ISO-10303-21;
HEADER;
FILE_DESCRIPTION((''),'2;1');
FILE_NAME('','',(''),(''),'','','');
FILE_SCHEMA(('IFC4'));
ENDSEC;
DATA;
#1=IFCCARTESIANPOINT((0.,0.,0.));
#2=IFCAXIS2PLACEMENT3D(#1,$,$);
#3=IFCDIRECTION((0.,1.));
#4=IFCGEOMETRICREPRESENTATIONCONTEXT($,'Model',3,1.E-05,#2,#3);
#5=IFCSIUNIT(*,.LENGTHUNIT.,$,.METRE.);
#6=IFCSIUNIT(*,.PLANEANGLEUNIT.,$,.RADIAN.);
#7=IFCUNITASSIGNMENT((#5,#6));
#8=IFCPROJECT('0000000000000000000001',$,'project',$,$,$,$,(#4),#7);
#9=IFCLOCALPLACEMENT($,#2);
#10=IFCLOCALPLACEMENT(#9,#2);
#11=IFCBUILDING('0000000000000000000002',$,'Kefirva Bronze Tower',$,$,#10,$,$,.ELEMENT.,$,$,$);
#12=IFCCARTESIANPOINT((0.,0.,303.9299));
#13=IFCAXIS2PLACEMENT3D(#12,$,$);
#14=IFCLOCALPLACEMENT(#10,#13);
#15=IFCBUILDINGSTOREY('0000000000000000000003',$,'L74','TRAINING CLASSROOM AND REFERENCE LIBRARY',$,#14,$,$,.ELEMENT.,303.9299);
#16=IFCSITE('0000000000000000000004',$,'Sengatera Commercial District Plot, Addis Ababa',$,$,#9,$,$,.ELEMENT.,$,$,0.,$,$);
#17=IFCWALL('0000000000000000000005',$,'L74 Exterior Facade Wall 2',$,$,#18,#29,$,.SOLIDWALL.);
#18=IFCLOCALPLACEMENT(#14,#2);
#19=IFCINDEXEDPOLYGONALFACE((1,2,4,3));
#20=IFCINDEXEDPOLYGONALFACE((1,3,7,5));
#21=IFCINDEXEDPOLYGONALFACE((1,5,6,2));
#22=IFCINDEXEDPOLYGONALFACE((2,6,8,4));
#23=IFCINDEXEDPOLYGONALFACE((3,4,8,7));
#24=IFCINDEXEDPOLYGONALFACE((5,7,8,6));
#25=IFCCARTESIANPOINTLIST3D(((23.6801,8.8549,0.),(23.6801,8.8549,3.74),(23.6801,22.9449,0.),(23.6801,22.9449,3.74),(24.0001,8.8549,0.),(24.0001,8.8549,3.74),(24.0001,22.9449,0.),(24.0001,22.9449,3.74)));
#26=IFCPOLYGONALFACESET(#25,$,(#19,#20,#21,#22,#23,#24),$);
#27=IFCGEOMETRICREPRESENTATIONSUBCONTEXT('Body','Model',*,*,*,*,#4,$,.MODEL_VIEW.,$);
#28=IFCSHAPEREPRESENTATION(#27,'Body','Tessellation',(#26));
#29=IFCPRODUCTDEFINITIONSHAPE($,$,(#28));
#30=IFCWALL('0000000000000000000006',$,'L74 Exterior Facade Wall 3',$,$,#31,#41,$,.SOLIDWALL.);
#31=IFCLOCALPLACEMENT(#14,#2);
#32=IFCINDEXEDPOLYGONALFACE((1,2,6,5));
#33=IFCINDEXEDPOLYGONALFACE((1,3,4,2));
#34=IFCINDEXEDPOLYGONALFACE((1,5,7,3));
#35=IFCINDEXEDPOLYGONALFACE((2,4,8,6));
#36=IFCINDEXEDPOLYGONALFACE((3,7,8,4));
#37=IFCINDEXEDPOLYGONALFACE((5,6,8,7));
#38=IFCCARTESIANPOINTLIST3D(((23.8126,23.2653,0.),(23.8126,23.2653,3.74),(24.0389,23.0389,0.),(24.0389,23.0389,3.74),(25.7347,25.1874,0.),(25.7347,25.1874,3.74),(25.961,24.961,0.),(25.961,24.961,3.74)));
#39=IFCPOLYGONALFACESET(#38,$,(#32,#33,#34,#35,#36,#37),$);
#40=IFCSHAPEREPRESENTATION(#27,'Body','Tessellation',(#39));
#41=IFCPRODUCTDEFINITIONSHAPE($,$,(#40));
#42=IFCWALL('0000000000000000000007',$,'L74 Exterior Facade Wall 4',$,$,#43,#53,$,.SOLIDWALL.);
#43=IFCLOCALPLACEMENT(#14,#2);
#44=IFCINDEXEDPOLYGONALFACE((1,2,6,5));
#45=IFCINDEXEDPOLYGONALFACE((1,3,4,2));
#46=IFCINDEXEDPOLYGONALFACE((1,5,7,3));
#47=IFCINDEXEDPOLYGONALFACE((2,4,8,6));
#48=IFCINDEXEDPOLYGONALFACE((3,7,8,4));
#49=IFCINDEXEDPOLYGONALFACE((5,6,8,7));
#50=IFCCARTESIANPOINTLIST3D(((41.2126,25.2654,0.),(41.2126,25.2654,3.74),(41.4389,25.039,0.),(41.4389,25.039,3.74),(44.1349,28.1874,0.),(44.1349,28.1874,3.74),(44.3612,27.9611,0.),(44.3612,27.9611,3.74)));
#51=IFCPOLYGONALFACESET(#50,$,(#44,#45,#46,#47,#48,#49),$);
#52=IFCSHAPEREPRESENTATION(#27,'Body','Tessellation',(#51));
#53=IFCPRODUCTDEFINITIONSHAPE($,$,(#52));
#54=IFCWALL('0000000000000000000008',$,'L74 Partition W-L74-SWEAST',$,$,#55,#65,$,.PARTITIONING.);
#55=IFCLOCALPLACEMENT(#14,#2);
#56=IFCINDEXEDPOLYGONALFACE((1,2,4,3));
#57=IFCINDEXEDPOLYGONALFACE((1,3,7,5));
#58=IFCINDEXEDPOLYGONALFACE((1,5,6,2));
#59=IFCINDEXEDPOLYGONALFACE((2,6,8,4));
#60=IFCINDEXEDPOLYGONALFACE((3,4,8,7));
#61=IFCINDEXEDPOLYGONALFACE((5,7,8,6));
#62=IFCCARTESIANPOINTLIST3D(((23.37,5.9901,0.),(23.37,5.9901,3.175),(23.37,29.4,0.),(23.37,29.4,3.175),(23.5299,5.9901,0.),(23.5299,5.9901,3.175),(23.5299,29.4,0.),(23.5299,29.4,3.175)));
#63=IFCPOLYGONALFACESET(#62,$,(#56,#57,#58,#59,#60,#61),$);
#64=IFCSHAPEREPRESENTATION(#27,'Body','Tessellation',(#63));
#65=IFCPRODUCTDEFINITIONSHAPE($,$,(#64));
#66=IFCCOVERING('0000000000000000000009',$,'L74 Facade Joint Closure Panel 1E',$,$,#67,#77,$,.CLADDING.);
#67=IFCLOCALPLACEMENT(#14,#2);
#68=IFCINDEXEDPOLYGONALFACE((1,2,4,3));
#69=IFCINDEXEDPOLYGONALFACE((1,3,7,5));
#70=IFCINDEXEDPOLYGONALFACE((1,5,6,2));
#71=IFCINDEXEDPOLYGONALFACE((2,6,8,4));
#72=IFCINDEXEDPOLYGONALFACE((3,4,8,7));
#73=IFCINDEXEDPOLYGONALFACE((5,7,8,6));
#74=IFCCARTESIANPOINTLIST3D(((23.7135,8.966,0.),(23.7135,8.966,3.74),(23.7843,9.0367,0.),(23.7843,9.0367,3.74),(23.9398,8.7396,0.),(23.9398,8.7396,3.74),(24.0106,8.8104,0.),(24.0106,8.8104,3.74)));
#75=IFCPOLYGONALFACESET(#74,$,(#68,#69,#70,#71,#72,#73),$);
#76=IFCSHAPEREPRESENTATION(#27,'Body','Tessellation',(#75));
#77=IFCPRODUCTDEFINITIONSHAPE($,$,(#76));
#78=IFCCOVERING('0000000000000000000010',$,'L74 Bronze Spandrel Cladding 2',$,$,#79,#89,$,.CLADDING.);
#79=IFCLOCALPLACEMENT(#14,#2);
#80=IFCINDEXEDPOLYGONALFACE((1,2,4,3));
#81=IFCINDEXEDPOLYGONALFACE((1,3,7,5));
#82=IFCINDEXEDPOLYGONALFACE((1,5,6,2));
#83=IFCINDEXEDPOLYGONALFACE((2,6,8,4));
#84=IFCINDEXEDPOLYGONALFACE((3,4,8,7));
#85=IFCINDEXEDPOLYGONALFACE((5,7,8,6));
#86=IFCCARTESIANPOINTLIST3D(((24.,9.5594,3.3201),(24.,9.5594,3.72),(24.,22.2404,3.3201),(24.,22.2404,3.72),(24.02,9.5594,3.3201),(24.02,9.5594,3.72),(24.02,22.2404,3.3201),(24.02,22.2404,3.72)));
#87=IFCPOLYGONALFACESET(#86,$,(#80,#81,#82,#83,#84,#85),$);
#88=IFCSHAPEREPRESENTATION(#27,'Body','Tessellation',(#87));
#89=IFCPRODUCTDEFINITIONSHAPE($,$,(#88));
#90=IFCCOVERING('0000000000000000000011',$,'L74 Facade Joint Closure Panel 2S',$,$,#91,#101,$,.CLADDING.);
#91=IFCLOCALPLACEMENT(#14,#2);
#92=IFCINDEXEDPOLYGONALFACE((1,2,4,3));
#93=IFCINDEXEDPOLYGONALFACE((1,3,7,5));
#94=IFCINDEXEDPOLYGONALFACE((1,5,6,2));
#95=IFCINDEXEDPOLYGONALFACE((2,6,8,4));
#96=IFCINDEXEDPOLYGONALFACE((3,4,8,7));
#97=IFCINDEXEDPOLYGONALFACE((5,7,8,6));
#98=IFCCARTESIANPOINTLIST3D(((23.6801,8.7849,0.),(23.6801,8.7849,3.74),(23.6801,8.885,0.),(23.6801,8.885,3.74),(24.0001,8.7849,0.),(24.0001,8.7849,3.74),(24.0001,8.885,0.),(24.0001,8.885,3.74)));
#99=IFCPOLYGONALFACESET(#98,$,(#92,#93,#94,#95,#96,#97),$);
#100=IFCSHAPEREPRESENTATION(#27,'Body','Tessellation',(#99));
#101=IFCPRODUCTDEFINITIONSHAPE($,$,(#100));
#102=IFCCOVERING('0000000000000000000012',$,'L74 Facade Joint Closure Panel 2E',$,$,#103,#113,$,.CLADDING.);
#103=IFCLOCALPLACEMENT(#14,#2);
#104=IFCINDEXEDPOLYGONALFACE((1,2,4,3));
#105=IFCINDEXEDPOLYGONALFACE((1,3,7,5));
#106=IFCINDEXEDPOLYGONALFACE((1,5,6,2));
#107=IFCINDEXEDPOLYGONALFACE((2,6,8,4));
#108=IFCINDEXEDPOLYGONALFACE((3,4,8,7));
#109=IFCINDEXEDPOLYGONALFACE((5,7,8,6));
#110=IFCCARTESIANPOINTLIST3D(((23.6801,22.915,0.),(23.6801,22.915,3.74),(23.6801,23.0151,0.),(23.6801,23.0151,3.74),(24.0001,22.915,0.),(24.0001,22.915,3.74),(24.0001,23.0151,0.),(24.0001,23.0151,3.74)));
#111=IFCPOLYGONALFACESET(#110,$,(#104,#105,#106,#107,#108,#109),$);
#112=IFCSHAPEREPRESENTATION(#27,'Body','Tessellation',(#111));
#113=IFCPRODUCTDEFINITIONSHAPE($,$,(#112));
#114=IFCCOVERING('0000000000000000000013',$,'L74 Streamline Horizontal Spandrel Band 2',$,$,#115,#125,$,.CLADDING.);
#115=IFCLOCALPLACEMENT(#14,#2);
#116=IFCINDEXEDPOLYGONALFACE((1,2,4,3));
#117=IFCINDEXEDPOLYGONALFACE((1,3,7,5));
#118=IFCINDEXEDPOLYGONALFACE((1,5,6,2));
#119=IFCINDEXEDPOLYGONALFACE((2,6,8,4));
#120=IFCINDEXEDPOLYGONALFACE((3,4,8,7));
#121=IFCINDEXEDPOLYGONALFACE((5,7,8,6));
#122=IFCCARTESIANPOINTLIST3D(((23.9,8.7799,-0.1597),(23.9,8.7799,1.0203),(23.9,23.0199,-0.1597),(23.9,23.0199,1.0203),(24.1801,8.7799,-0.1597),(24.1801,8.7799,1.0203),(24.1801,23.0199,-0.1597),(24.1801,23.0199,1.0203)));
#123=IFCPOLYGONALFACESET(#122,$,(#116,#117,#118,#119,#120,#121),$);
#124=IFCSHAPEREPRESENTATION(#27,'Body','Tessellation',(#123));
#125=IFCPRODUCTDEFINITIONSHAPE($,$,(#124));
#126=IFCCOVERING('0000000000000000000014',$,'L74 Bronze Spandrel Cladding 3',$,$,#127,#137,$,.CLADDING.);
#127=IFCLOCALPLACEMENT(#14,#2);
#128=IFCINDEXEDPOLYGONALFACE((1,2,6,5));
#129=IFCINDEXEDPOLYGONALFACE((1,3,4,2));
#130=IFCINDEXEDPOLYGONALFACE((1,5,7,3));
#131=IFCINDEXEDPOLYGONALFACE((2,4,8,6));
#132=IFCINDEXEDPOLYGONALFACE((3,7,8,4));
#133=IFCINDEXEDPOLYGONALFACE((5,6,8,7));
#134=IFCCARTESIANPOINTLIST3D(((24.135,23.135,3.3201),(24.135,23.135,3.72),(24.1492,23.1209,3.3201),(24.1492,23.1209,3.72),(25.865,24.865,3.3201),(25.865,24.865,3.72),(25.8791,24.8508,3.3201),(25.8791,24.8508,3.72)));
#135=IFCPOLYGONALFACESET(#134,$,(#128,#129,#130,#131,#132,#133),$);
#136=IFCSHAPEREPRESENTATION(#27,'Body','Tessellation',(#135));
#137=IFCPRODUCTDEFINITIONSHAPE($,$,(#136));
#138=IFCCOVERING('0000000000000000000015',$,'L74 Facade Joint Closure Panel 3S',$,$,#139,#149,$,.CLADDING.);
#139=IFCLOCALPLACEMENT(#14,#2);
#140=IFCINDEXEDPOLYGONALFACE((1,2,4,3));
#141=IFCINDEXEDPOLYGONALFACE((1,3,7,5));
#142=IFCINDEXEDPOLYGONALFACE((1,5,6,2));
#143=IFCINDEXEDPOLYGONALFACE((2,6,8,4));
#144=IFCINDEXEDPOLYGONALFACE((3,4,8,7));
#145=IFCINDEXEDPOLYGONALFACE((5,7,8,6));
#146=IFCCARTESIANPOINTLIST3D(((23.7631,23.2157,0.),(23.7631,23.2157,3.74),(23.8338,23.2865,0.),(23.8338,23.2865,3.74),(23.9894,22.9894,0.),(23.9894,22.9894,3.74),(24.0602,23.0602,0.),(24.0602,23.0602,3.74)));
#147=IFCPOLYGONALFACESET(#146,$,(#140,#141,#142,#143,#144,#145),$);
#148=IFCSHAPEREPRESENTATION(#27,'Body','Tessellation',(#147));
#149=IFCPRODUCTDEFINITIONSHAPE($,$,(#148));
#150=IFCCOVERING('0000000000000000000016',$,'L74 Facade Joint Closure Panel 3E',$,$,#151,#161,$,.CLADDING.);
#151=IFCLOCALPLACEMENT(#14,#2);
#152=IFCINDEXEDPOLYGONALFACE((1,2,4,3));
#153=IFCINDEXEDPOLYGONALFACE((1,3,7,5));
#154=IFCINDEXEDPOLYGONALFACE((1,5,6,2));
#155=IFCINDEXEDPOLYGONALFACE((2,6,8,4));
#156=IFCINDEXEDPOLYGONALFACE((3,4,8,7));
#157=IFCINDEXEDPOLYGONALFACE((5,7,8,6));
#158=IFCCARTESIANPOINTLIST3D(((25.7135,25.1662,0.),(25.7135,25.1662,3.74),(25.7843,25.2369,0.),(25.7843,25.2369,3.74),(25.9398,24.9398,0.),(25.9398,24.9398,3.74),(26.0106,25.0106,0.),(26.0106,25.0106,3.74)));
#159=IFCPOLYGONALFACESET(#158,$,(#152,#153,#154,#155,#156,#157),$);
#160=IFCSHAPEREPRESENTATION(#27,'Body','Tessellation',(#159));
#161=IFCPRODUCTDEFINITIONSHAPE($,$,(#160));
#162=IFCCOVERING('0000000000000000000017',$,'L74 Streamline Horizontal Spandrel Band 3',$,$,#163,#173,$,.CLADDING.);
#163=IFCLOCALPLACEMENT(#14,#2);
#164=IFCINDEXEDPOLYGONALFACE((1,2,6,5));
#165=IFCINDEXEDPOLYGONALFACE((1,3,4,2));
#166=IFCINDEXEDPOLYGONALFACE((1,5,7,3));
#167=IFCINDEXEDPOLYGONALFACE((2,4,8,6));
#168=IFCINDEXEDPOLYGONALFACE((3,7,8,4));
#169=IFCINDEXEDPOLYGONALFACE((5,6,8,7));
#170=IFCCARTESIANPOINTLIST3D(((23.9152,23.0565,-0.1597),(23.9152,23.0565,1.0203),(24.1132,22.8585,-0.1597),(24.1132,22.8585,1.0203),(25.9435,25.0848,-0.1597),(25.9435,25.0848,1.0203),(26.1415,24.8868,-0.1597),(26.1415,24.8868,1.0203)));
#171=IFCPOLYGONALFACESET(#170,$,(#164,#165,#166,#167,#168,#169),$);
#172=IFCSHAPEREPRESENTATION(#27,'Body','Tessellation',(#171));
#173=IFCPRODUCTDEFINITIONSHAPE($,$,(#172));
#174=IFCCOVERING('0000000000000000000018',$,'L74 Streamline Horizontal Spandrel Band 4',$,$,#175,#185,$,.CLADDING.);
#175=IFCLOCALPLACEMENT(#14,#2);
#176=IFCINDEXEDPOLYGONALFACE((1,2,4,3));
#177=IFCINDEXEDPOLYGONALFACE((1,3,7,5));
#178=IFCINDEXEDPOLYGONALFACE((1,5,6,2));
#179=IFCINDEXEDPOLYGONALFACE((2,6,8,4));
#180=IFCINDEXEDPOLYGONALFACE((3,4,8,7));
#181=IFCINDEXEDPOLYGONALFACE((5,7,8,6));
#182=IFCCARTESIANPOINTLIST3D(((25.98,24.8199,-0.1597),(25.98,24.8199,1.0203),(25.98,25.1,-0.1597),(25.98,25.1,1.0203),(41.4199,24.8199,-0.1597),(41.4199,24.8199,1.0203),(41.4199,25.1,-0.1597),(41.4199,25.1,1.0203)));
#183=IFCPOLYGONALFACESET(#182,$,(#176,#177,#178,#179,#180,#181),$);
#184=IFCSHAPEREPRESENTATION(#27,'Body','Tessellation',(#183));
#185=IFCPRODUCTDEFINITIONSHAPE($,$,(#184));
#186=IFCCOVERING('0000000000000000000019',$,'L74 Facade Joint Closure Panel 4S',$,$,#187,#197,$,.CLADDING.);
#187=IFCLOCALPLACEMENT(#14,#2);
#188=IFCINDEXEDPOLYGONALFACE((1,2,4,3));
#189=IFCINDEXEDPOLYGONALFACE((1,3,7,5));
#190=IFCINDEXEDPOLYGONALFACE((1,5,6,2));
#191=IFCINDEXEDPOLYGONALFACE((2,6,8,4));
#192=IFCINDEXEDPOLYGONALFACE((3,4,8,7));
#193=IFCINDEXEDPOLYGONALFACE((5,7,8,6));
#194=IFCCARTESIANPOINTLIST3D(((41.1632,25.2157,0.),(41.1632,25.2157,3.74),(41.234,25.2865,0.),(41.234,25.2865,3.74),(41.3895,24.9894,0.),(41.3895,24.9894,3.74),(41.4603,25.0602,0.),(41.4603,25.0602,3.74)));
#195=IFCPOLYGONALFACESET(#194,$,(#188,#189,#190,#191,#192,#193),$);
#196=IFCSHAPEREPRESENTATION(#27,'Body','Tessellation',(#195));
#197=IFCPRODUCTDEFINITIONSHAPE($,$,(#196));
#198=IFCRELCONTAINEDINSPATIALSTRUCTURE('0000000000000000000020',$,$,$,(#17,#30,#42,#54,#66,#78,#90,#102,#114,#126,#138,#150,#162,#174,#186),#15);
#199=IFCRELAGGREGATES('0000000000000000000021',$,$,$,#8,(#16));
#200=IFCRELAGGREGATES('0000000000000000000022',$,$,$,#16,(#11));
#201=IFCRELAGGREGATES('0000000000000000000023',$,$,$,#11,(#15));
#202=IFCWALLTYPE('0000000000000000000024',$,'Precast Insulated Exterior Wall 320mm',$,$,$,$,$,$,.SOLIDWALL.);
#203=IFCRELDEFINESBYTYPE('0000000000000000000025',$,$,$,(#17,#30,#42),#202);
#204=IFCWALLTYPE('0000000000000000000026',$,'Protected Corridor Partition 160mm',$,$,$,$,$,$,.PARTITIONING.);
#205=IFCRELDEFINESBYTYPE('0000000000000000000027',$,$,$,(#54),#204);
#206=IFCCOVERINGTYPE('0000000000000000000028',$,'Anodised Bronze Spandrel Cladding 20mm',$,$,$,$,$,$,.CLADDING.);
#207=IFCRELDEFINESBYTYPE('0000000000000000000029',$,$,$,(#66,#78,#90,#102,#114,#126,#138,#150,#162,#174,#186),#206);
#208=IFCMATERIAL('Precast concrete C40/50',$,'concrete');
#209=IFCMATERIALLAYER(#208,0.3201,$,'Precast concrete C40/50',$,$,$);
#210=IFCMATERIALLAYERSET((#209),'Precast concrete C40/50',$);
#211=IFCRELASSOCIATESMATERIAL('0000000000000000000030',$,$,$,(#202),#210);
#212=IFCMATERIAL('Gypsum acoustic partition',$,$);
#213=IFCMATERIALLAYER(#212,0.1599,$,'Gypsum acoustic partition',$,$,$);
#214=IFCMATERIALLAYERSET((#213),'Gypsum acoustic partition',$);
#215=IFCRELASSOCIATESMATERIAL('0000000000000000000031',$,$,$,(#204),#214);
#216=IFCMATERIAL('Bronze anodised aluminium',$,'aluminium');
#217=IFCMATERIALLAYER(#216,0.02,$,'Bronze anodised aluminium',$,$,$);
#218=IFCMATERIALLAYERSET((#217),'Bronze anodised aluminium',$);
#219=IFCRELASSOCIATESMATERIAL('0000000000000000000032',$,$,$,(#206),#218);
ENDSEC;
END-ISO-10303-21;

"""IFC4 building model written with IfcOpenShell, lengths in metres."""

from ifc_helpers import new_model, si_unit, direction, frame, frame_2d, origin, origin_2d, place, context, subcontext, project, spatial, rectangle, extrude, material, layer, layer_set, type_object, element, save


model = new_model("IFC4")

# Units and contexts
model_context = context("Model", 3, precision=1e-05, world=origin(), true_north=direction((0.0, 1.0)))
body_context = subcontext(model_context, "Body", "Model", "MODEL_VIEW")
ifc_project = project(units=[si_unit("LENGTHUNIT", "METRE"), si_unit("PLANEANGLEUNIT", "RADIAN")], contexts=[model_context])

# Site, building, storey
site_placement = place(None, origin())
site = spatial("IfcSite", under=ifc_project, at=site_placement, Name="Sengatera Commercial District Plot, Addis Ababa", CompositionType="ELEMENT", RefElevation=0.0)
building_placement = place(site_placement, origin())
building = spatial("IfcBuilding", under=site, at=building_placement, Name="Kefirva Bronze Tower", CompositionType="ELEMENT")
storey_placement = place(building_placement, frame((0.0, 0.0, 303.9299)))
storey = spatial("IfcBuildingStorey", under=building, at=storey_placement, Name="L74", Description="TRAINING CLASSROOM AND REFERENCE LIBRARY", CompositionType="ELEMENT", Elevation=303.9299)

# Shared definitions
ifc_material_1 = material(Name="Bronze anodised aluminium", Category="aluminium")

# Walls
ifc_material_2 = material(Name="Gypsum acoustic partition")
ifc_material_3 = material(Name="Precast concrete C40/50", Category="concrete")
ifc_layer_1 = layer(ifc_material_3, 0.3201, Name="Precast concrete C40/50")
ifc_layer_set_1 = layer_set([ifc_layer_1], Name="Precast concrete C40/50")
wall_type_1 = type_object("IfcWallType", Name="Precast Insulated Exterior Wall 320mm", PredefinedType="SOLIDWALL", material=ifc_layer_set_1)
wall_1_placement = place(storey_placement, frame((23.8401, 8.855, 0.0), z_axis=(0.0, 0.0, 1.0), x_axis=(0.0, 1.0, 0.0)))
element("IfcWall", 1, at=wall_1_placement, inside=storey, type_object=wall_type_1, Name="L74 Exterior Facade Wall 2", PredefinedType="SOLIDWALL", context=body_context, shape_type="SweptSolid", body=[
    extrude(rectangle(XDim=14.0901, YDim=0.3201, at=frame_2d((7.0449, 0.0))), origin(), (0.0, 0.0, 1.0), 3.74),
])
wall_2_placement = place(storey_placement, frame((23.9258, 23.1521, 0.0), z_axis=(0.0, 0.0, 1.0), x_axis=(0.707107, 0.707107, 0.0)))
element("IfcWall", 2, at=wall_2_placement, inside=storey, type_object=wall_type_1, Name="L74 Exterior Facade Wall 3", PredefinedType="SOLIDWALL", context=body_context, shape_type="SweptSolid", body=[
    extrude(rectangle(XDim=2.7183, YDim=0.3201, at=frame_2d((1.3591, 0.0))), origin(), (0.0, 0.0, 1.0), 3.74),
])
wall_3_placement = place(storey_placement, frame((41.3257, 25.1521, 0.0), z_axis=(0.0, 0.0, 1.0), x_axis=(0.707136, 0.707077, 0.0)))
element("IfcWall", 3, at=wall_3_placement, inside=storey, type_object=wall_type_1, Name="L74 Exterior Facade Wall 4", PredefinedType="SOLIDWALL", context=body_context, shape_type="SweptSolid", body=[
    extrude(rectangle(XDim=4.1326, YDim=0.3201, at=frame_2d((2.0664, 0.0))), origin(), (0.0, 0.0, 1.0), 3.74),
])
ifc_layer_2 = layer(ifc_material_2, 0.1599, Name="Gypsum acoustic partition")
ifc_layer_set_2 = layer_set([ifc_layer_2], Name="Gypsum acoustic partition")
wall_type_2 = type_object("IfcWallType", Name="Protected Corridor Partition 160mm", PredefinedType="PARTITIONING", material=ifc_layer_set_2)
wall_4_placement = place(storey_placement, frame((23.45, 5.99, 0.0), z_axis=(0.0, 0.0, 1.0), x_axis=(0.0, 1.0, 0.0)))
element("IfcWall", 4, at=wall_4_placement, inside=storey, type_object=wall_type_2, Name="L74 Partition W-L74-SWEAST", PredefinedType="PARTITIONING", context=body_context, shape_type="SweptSolid", body=[
    extrude(rectangle(XDim=23.4099, YDim=0.1599, at=frame_2d((11.7051, 0.0))), origin(), (0.0, 0.0, 1.0), 3.175),
])

# Coverings
ifc_layer_3 = layer(ifc_material_1, 0.02, Name="Bronze anodised aluminium")
ifc_layer_set_3 = layer_set([ifc_layer_3], Name="Bronze anodised aluminium")
covering_type_1 = type_object("IfcCoveringType", Name="Anodised Bronze Spandrel Cladding 20mm", PredefinedType="CLADDING", material=ifc_layer_set_3)
covering_1_placement = place(storey_placement, frame((23.8621, 8.8882, 0.0), z_axis=(0.0, 0.0, 1.0), x_axis=(0.707107, 0.707107, 0.0)))
element("IfcCovering", 5, at=covering_1_placement, inside=storey, type_object=covering_type_1, Name="L74 Facade Joint Closure Panel 1E", PredefinedType="CLADDING", context=body_context, shape_type="SweptSolid", body=[
    extrude(rectangle(XDim=0.1001, YDim=0.3201, at=origin_2d()), origin(), (0.0, 0.0, 1.0), 3.74),
])
covering_2_placement = place(storey_placement, frame((24.01, 15.8999, 3.3201), z_axis=(0.0, 0.0, 1.0), x_axis=(0.0, 1.0, 0.0)))
element("IfcCovering", 6, at=covering_2_placement, inside=storey, type_object=covering_type_1, Name="L74 Bronze Spandrel Cladding 2", PredefinedType="CLADDING", context=body_context, shape_type="SweptSolid", body=[
    extrude(rectangle(XDim=12.6809, YDim=0.02, at=origin_2d()), origin(), (0.0, 0.0, 1.0), 0.3999),
])
for number, where, z_axis, x_axis, name in (
    (7, (23.8401, 8.835, 0.0), (0.0, 0.0, 1.0), (0.0, 1.0, 0.0), "L74 Facade Joint Closure Panel 2S"),
    (8, (23.8401, 22.9651, 0.0), (0.0, 0.0, 1.0), (0.0, 1.0, 0.0), "L74 Facade Joint Closure Panel 2E"),
):
    element("IfcCovering", number, at=place(storey_placement, frame(where, z_axis=z_axis, x_axis=x_axis)), inside=storey, type_object=covering_type_1, Name=name, PredefinedType="CLADDING", context=body_context, shape_type="SweptSolid", body=[
        extrude(rectangle(XDim=0.1001, YDim=0.3201, at=origin_2d()), origin(), (0.0, 0.0, 1.0), 3.74),
    ])
covering_3_placement = place(storey_placement, frame((24.04, 15.8999, -0.1597), z_axis=(0.0, 0.0, 1.0), x_axis=(0.0, 1.0, 0.0)))
element("IfcCovering", 9, at=covering_3_placement, inside=storey, type_object=covering_type_1, Name="L74 Streamline Horizontal Spandrel Band 2", PredefinedType="CLADDING", context=body_context, shape_type="SweptSolid", body=[
    extrude(rectangle(XDim=14.24, YDim=0.28, at=origin_2d()), origin(), (0.0, 0.0, 1.0), 1.1799),
])
covering_4_placement = place(storey_placement, frame((25.0071, 23.9929, 3.3201), z_axis=(0.0, 0.0, 1.0), x_axis=(0.707107, 0.707107, 0.0)))
element("IfcCovering", 10, at=covering_4_placement, inside=storey, type_object=covering_type_1, Name="L74 Bronze Spandrel Cladding 3", PredefinedType="CLADDING", context=body_context, shape_type="SweptSolid", body=[
    extrude(rectangle(XDim=2.4465, YDim=0.02, at=origin_2d()), origin(), (0.0, 0.0, 1.0), 0.3999),
])
for number, where, z_axis, x_axis, name in (
    (11, (23.9116, 23.1379, 0.0), (0.0, 0.0, 1.0), (0.707107, 0.707107, 0.0), "L74 Facade Joint Closure Panel 3S"),
    (12, (25.8621, 25.0884, 0.0), (0.0, 0.0, 1.0), (0.707107, 0.707107, 0.0), "L74 Facade Joint Closure Panel 3E"),
):
    element("IfcCovering", number, at=place(storey_placement, frame(where, z_axis=z_axis, x_axis=x_axis)), inside=storey, type_object=covering_type_1, Name=name, PredefinedType="CLADDING", context=body_context, shape_type="SweptSolid", body=[
        extrude(rectangle(XDim=0.1001, YDim=0.3201, at=origin_2d()), origin(), (0.0, 0.0, 1.0), 3.74),
    ])
covering_5_placement = place(storey_placement, frame((25.0283, 23.9717, -0.1597), z_axis=(0.0, 0.0, 1.0), x_axis=(0.707107, 0.707107, 0.0)))
element("IfcCovering", 13, at=covering_5_placement, inside=storey, type_object=covering_type_1, Name="L74 Streamline Horizontal Spandrel Band 3", PredefinedType="CLADDING", context=body_context, shape_type="SweptSolid", body=[
    extrude(rectangle(XDim=2.8684, YDim=0.28, at=origin_2d()), origin(), (0.0, 0.0, 1.0), 1.1799),
])
covering_6_placement = place(storey_placement, frame((33.7, 24.96, -0.1597), z_axis=(0.0, 0.0, 1.0), x_axis=(1.0, 0.0, 0.0)))
element("IfcCovering", 14, at=covering_6_placement, inside=storey, type_object=covering_type_1, Name="L74 Streamline Horizontal Spandrel Band 4", PredefinedType="CLADDING", context=body_context, shape_type="SweptSolid", body=[
    extrude(rectangle(XDim=15.4399, YDim=0.28, at=origin_2d()), origin(), (0.0, 0.0, 1.0), 1.1799),
])
covering_7_placement = place(storey_placement, frame((41.3118, 25.1379, 0.0), z_axis=(0.0, 0.0, 1.0), x_axis=(0.707107, 0.707107, 0.0)))
element("IfcCovering", 15, at=covering_7_placement, inside=storey, type_object=covering_type_1, Name="L74 Facade Joint Closure Panel 4S", PredefinedType="CLADDING", context=body_context, shape_type="SweptSolid", body=[
    extrude(rectangle(XDim=0.1001, YDim=0.3201, at=origin_2d()), origin(), (0.0, 0.0, 1.0), 3.74),
])

save(model, "model.ifc")
